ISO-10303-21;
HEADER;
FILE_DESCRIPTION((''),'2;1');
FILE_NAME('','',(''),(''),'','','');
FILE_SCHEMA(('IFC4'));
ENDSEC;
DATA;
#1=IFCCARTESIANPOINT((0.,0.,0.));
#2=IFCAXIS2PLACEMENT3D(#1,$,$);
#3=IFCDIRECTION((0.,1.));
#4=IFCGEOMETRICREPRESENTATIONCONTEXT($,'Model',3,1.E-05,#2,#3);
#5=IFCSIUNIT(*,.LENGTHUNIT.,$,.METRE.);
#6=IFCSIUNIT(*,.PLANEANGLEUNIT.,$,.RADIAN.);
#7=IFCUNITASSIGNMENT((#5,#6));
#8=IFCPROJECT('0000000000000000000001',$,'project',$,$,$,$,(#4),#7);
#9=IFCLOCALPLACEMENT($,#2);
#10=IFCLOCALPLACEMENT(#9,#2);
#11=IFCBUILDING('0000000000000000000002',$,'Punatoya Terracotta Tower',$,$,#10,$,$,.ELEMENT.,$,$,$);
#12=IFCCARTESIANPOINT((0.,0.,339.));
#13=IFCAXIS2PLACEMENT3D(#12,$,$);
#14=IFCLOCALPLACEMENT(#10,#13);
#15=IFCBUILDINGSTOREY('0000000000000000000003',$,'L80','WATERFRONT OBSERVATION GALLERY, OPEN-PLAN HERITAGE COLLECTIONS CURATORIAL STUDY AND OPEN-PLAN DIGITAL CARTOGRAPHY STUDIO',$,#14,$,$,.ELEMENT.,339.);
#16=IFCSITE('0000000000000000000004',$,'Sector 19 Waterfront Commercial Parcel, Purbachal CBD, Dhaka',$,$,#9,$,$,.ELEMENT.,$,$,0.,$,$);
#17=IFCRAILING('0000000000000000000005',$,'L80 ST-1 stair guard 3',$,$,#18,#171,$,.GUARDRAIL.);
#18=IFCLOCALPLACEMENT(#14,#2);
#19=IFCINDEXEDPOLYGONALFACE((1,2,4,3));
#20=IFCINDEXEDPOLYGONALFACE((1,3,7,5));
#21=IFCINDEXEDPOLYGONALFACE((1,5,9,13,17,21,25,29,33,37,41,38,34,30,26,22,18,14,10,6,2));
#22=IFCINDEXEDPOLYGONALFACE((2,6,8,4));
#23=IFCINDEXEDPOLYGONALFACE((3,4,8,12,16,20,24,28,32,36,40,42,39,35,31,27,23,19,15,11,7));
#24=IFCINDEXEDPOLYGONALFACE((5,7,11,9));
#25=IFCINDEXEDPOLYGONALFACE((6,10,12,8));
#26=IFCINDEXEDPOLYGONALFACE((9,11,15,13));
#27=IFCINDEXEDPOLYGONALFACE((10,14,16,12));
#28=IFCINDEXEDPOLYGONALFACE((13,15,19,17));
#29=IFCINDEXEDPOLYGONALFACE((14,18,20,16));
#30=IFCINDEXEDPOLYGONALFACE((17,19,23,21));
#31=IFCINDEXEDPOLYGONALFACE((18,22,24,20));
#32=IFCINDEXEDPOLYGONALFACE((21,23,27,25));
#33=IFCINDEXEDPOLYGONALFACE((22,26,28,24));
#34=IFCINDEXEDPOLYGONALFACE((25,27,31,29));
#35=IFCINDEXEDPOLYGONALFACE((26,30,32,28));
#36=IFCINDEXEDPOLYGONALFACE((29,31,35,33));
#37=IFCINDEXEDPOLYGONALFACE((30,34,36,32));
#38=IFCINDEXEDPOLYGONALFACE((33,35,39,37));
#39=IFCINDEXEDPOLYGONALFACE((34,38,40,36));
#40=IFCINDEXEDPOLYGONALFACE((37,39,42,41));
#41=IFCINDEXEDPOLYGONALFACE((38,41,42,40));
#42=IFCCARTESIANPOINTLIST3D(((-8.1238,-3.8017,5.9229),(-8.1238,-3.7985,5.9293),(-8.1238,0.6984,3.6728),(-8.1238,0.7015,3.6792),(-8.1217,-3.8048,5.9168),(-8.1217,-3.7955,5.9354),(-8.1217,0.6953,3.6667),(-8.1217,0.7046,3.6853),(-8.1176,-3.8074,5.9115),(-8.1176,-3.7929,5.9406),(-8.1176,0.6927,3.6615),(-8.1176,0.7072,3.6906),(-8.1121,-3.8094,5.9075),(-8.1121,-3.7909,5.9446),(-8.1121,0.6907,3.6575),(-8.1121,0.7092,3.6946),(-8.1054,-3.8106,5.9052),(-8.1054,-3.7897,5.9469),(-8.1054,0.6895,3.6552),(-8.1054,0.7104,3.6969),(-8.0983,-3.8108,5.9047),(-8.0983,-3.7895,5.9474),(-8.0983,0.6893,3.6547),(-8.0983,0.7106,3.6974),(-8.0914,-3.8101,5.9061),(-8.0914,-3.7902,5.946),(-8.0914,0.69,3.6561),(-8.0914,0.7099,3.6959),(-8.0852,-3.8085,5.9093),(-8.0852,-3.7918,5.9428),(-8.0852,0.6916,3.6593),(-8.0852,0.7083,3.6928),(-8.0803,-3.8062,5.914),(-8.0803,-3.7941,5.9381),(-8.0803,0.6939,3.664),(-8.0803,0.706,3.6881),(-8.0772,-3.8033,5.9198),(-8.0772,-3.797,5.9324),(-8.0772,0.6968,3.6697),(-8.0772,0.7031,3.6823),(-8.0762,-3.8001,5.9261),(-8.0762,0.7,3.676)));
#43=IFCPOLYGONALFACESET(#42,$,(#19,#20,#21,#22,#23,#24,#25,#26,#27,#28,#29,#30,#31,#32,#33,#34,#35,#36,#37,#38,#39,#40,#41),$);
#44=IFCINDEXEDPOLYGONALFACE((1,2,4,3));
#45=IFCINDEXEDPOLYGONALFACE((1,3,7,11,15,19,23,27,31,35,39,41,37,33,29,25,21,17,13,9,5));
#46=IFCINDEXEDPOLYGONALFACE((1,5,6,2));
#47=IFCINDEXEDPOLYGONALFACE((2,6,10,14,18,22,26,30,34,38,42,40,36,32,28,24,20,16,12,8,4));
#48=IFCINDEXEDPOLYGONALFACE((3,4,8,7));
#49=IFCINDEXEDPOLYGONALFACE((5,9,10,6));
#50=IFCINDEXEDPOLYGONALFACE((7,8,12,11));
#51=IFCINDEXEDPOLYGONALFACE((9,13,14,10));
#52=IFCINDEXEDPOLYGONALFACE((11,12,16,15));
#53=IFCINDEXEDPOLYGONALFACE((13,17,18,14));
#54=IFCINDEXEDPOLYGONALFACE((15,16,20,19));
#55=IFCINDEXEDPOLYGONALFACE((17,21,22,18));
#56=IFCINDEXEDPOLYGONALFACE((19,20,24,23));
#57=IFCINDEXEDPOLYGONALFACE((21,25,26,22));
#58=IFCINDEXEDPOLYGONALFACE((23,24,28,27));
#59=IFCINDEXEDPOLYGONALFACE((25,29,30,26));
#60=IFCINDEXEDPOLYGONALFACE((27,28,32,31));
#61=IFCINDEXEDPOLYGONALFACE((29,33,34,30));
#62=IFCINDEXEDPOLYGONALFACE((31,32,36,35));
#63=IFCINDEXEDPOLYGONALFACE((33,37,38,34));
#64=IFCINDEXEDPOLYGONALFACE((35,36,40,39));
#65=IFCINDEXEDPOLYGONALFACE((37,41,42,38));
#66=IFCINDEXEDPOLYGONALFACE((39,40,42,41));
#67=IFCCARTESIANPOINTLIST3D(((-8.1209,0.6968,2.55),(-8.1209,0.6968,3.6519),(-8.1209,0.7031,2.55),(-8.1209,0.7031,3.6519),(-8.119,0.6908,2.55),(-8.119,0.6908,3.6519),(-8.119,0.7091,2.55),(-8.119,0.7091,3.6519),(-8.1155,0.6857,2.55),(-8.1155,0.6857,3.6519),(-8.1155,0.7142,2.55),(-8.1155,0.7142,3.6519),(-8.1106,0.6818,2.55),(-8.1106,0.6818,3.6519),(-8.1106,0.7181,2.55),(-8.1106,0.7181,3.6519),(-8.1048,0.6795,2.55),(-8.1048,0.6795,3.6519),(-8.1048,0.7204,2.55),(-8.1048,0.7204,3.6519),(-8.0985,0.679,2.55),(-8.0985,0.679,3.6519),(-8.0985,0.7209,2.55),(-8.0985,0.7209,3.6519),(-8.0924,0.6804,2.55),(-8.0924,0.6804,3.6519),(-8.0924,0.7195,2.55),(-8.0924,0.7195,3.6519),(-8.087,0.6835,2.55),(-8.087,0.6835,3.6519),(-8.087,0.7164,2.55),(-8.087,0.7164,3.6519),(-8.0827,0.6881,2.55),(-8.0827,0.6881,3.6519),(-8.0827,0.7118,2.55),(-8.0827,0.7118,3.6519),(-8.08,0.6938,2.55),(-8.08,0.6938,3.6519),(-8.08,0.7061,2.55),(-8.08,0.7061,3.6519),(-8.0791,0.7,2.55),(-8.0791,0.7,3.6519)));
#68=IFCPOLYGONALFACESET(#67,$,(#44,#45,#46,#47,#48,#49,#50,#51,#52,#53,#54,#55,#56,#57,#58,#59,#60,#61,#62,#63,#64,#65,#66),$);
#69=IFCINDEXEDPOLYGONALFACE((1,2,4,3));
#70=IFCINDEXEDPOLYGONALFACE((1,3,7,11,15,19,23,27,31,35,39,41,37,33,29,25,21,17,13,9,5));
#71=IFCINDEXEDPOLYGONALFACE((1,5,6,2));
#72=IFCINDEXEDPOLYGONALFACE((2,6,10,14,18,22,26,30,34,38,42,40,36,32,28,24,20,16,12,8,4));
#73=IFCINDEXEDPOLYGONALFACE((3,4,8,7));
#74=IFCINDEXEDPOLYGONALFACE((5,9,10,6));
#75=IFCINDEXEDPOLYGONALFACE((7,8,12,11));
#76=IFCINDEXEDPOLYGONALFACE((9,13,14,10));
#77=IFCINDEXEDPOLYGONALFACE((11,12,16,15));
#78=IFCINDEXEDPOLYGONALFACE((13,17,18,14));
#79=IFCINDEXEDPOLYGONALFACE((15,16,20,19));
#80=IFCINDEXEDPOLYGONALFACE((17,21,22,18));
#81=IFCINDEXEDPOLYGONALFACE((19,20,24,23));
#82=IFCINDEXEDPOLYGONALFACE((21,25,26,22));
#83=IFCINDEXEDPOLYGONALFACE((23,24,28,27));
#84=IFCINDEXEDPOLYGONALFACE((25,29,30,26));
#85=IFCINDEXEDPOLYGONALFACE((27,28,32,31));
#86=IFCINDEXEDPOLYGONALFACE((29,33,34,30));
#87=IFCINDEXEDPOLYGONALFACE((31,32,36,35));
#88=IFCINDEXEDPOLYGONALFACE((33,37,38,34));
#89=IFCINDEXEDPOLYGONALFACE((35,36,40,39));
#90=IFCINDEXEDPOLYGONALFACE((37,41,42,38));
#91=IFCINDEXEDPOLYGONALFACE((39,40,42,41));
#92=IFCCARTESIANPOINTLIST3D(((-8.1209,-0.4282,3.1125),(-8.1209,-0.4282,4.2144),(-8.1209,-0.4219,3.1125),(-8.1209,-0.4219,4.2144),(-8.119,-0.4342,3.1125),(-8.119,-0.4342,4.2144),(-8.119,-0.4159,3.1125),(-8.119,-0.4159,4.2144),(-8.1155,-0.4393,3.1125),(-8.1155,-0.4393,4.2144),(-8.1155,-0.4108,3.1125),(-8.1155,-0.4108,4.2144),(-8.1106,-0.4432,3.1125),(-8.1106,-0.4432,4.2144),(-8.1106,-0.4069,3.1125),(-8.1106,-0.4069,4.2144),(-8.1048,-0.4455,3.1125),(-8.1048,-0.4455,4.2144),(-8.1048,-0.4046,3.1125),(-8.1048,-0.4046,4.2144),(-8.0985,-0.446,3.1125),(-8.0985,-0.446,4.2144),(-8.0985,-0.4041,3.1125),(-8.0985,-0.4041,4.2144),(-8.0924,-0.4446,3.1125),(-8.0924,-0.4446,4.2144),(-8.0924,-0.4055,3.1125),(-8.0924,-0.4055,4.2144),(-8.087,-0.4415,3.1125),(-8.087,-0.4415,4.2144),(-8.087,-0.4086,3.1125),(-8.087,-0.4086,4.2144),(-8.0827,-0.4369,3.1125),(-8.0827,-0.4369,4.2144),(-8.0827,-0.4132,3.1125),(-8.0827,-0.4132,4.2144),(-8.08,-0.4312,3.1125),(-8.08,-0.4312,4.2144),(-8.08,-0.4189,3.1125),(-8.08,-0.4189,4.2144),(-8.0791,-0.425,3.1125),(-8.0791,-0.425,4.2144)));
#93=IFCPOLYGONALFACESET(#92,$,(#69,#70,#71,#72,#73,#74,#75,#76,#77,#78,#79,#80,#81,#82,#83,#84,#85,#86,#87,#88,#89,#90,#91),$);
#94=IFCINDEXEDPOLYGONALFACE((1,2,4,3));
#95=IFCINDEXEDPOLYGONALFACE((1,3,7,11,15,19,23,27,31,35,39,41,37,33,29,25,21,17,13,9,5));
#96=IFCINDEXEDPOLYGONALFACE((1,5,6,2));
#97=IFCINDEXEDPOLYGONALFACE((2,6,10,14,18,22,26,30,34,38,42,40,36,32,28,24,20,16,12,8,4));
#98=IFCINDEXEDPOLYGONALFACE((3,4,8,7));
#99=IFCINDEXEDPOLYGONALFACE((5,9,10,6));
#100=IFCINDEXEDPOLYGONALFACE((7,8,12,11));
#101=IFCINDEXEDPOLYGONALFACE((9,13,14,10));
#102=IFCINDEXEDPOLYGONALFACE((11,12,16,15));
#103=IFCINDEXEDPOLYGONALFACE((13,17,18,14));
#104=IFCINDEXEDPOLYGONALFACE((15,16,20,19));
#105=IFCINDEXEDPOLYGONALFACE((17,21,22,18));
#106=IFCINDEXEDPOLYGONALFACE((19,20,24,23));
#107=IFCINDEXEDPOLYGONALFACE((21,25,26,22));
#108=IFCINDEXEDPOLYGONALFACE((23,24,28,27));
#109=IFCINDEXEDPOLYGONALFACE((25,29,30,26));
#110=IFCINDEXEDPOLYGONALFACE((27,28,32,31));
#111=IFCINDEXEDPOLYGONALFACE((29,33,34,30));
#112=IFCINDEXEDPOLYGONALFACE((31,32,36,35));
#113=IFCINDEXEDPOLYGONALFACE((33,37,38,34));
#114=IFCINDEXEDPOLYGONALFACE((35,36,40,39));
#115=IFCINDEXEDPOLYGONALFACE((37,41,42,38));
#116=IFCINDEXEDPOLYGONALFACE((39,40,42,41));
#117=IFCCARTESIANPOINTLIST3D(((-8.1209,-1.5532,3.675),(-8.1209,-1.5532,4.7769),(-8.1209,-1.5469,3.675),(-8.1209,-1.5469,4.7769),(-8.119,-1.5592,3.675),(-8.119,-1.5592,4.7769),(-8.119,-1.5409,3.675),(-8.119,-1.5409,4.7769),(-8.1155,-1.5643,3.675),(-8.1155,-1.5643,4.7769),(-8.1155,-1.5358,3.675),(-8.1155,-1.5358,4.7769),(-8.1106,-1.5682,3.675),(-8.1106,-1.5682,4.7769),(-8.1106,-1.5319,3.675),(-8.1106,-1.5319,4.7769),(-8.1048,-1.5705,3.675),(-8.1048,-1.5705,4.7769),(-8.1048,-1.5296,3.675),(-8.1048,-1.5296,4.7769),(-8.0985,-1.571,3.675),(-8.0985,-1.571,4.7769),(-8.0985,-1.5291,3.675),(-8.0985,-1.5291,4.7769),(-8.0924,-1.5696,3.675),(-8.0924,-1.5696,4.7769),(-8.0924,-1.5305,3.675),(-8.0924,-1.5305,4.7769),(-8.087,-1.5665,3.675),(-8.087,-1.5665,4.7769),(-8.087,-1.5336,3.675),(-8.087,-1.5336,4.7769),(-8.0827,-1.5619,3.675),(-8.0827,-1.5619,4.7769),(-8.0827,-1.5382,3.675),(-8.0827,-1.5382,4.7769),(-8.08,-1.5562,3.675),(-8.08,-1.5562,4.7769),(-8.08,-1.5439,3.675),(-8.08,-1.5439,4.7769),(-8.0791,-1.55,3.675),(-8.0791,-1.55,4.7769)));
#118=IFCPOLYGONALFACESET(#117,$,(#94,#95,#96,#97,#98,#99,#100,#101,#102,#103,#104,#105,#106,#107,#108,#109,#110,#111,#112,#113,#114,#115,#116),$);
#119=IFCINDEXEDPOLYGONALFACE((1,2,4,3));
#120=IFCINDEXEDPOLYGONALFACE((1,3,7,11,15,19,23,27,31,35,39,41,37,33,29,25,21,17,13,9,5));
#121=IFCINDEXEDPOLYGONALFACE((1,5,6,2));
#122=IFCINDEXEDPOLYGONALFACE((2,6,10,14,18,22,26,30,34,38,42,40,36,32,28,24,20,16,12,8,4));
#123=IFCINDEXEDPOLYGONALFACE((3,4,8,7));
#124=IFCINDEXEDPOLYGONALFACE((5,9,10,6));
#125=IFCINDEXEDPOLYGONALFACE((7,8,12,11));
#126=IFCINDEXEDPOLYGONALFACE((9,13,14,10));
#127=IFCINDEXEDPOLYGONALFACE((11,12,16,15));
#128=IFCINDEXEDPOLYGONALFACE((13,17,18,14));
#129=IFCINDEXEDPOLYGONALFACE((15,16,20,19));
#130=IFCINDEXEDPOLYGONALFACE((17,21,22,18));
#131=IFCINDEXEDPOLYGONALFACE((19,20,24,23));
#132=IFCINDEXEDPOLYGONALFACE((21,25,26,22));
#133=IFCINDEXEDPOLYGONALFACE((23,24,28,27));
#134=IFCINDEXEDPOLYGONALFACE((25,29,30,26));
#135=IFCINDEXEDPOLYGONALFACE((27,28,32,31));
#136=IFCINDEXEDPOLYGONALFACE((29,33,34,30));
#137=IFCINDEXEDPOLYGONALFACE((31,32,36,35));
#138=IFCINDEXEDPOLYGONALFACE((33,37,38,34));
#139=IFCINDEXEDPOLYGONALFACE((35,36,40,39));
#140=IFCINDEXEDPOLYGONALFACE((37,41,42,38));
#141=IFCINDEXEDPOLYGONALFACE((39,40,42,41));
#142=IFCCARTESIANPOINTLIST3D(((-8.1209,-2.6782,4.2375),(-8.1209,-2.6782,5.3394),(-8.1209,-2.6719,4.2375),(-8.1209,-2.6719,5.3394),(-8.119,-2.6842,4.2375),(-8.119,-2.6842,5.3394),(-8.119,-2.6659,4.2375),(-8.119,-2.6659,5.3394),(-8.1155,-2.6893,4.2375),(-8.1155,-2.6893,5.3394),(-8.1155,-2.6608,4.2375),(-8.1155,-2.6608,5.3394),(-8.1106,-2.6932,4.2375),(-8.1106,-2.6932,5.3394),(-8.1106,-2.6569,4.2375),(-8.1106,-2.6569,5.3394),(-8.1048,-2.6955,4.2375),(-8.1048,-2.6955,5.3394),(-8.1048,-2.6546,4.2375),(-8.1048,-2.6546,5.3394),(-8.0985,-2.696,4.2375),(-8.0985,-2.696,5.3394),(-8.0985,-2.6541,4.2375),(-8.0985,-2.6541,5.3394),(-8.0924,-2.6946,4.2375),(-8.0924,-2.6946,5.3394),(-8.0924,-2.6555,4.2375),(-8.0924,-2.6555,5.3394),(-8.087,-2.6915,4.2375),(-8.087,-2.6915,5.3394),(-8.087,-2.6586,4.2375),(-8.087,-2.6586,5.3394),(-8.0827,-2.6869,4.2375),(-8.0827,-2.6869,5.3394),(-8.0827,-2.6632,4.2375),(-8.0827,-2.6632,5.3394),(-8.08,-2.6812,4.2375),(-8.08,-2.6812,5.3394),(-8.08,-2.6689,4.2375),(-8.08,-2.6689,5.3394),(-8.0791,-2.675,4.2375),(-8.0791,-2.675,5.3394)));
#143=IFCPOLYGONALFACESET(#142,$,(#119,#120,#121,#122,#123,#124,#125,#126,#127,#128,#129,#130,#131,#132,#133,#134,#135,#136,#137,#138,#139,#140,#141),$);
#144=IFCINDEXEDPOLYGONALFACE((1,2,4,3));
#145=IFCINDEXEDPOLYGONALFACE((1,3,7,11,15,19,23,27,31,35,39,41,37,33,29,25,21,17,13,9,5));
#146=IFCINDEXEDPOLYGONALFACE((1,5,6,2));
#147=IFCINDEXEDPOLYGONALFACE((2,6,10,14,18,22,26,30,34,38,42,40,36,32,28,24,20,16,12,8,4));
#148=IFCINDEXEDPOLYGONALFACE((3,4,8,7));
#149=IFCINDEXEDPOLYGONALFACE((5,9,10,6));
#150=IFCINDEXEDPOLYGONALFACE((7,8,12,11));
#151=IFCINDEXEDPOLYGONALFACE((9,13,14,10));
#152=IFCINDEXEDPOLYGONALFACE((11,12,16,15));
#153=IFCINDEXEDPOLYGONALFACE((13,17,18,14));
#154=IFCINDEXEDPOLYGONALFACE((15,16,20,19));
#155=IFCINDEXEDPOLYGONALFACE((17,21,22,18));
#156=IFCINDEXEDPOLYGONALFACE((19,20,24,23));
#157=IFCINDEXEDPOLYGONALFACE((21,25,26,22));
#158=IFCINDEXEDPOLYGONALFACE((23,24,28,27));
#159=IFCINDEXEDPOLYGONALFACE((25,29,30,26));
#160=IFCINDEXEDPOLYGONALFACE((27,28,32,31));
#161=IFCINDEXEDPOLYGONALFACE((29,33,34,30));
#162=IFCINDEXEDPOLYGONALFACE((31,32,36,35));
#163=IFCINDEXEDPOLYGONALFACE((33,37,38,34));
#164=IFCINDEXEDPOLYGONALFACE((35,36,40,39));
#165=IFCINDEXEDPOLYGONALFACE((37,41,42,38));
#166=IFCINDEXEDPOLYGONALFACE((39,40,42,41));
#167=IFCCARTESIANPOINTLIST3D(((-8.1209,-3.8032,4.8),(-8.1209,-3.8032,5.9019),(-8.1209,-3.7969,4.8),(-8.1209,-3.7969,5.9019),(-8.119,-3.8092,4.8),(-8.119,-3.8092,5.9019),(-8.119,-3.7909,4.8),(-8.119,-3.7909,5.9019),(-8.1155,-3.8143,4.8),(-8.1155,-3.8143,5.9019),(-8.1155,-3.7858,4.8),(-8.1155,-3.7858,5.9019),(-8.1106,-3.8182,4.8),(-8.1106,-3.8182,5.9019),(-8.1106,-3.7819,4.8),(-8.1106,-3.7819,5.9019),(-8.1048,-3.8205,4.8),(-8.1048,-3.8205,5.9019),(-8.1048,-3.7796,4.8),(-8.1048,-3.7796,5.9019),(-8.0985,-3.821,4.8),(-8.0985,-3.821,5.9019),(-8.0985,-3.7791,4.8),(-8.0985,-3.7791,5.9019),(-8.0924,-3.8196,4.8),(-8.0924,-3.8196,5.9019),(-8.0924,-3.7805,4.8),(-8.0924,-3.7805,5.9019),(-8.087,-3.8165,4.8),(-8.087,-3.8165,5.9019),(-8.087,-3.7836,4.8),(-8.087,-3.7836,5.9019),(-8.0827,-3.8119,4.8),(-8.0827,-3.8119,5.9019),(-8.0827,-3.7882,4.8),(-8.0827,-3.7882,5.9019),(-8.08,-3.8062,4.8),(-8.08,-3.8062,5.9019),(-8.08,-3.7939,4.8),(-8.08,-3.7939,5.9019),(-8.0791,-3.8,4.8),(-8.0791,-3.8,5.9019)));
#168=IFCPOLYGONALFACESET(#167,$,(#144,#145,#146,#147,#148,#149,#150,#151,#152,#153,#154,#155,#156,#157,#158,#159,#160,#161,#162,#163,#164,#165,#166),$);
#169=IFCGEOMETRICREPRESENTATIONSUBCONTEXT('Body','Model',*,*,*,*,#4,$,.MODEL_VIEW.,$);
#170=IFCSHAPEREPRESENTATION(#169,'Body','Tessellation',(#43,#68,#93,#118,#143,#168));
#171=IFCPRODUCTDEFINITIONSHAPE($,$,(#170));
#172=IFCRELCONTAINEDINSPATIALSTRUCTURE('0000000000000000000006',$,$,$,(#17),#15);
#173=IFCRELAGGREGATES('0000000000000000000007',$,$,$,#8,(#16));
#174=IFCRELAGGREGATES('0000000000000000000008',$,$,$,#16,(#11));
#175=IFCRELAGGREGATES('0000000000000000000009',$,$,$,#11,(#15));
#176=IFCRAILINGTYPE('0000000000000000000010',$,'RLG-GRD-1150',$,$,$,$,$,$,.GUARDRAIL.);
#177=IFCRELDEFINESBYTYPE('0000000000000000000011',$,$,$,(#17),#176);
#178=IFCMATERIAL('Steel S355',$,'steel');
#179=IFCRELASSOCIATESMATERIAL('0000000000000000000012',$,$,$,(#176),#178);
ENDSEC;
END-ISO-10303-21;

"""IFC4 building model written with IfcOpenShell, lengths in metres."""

from ifc_helpers import new_model, si_unit, direction, frame, origin, origin_2d, place, context, subcontext, project, spatial, circle, extrude, material, type_object, element, save


model = new_model("IFC4")

# Units and contexts
model_context = context("Model", 3, precision=1e-05, world=origin(), true_north=direction((0.0, 1.0)))
body_context = subcontext(model_context, "Body", "Model", "MODEL_VIEW")
ifc_project = project(units=[si_unit("LENGTHUNIT", "METRE"), si_unit("PLANEANGLEUNIT", "RADIAN")], contexts=[model_context])

# Site, building, storey
site_placement = place(None, origin())
site = spatial("IfcSite", under=ifc_project, at=site_placement, Name="Sector 19 Waterfront Commercial Parcel, Purbachal CBD, Dhaka", CompositionType="ELEMENT", RefElevation=0.0)
building_placement = place(site_placement, origin())
building = spatial("IfcBuilding", under=site, at=building_placement, Name="Punatoya Terracotta Tower", CompositionType="ELEMENT")
storey_placement = place(building_placement, frame((0.0, 0.0, 339.0)))
storey = spatial("IfcBuildingStorey", under=building, at=storey_placement, Name="L80", Description="WATERFRONT OBSERVATION GALLERY, OPEN-PLAN HERITAGE COLLECTIONS CURATORIAL STUDY AND OPEN-PLAN DIGITAL CARTOGRAPHY STUDIO", CompositionType="ELEMENT", Elevation=339.0)

# Shared definitions
ifc_material_1 = material(Name="Steel S355", Category="steel")

# Railing
railing_type_1 = type_object("IfcRailingType", Name="RLG-GRD-1150", PredefinedType="GUARDRAIL", material=ifc_material_1)
railing_1_placement = place(storey_placement, frame((-8.1001, 0.7, 2.55)))
element("IfcRailing", 1, at=railing_1_placement, inside=storey, type_object=railing_type_1, Name="L80 ST-1 stair guard 3", PredefinedType="GUARDRAIL", context=body_context, shape_type="SweptSolid", body=[
    extrude(circle(Radius=0.0239, at=origin_2d()), frame((0.0, 0.0, 1.126), z_axis=(0.0, -0.894427, 0.447214), x_axis=(1.0, 0.0, 0.0)), (0.0, 0.0, 1.0), 5.0312),
    extrude(circle(Radius=0.021, at=origin_2d()), origin(), (0.0, 0.0, 1.0), 1.1018),
    extrude(circle(Radius=0.021, at=origin_2d()), frame((0.0, -1.125, 0.5625)), (0.0, 0.0, 1.0), 1.1018),
    extrude(circle(Radius=0.021, at=origin_2d()), frame((0.0, -2.25, 1.125)), (0.0, 0.0, 1.0), 1.1018),
    extrude(circle(Radius=0.021, at=origin_2d()), frame((0.0, -3.375, 1.6875)), (0.0, 0.0, 1.0), 1.1018),
    extrude(circle(Radius=0.021, at=origin_2d()), frame((0.0, -4.5, 2.25)), (0.0, 0.0, 1.0), 1.1018),
])

save(model, "model.ifc")
